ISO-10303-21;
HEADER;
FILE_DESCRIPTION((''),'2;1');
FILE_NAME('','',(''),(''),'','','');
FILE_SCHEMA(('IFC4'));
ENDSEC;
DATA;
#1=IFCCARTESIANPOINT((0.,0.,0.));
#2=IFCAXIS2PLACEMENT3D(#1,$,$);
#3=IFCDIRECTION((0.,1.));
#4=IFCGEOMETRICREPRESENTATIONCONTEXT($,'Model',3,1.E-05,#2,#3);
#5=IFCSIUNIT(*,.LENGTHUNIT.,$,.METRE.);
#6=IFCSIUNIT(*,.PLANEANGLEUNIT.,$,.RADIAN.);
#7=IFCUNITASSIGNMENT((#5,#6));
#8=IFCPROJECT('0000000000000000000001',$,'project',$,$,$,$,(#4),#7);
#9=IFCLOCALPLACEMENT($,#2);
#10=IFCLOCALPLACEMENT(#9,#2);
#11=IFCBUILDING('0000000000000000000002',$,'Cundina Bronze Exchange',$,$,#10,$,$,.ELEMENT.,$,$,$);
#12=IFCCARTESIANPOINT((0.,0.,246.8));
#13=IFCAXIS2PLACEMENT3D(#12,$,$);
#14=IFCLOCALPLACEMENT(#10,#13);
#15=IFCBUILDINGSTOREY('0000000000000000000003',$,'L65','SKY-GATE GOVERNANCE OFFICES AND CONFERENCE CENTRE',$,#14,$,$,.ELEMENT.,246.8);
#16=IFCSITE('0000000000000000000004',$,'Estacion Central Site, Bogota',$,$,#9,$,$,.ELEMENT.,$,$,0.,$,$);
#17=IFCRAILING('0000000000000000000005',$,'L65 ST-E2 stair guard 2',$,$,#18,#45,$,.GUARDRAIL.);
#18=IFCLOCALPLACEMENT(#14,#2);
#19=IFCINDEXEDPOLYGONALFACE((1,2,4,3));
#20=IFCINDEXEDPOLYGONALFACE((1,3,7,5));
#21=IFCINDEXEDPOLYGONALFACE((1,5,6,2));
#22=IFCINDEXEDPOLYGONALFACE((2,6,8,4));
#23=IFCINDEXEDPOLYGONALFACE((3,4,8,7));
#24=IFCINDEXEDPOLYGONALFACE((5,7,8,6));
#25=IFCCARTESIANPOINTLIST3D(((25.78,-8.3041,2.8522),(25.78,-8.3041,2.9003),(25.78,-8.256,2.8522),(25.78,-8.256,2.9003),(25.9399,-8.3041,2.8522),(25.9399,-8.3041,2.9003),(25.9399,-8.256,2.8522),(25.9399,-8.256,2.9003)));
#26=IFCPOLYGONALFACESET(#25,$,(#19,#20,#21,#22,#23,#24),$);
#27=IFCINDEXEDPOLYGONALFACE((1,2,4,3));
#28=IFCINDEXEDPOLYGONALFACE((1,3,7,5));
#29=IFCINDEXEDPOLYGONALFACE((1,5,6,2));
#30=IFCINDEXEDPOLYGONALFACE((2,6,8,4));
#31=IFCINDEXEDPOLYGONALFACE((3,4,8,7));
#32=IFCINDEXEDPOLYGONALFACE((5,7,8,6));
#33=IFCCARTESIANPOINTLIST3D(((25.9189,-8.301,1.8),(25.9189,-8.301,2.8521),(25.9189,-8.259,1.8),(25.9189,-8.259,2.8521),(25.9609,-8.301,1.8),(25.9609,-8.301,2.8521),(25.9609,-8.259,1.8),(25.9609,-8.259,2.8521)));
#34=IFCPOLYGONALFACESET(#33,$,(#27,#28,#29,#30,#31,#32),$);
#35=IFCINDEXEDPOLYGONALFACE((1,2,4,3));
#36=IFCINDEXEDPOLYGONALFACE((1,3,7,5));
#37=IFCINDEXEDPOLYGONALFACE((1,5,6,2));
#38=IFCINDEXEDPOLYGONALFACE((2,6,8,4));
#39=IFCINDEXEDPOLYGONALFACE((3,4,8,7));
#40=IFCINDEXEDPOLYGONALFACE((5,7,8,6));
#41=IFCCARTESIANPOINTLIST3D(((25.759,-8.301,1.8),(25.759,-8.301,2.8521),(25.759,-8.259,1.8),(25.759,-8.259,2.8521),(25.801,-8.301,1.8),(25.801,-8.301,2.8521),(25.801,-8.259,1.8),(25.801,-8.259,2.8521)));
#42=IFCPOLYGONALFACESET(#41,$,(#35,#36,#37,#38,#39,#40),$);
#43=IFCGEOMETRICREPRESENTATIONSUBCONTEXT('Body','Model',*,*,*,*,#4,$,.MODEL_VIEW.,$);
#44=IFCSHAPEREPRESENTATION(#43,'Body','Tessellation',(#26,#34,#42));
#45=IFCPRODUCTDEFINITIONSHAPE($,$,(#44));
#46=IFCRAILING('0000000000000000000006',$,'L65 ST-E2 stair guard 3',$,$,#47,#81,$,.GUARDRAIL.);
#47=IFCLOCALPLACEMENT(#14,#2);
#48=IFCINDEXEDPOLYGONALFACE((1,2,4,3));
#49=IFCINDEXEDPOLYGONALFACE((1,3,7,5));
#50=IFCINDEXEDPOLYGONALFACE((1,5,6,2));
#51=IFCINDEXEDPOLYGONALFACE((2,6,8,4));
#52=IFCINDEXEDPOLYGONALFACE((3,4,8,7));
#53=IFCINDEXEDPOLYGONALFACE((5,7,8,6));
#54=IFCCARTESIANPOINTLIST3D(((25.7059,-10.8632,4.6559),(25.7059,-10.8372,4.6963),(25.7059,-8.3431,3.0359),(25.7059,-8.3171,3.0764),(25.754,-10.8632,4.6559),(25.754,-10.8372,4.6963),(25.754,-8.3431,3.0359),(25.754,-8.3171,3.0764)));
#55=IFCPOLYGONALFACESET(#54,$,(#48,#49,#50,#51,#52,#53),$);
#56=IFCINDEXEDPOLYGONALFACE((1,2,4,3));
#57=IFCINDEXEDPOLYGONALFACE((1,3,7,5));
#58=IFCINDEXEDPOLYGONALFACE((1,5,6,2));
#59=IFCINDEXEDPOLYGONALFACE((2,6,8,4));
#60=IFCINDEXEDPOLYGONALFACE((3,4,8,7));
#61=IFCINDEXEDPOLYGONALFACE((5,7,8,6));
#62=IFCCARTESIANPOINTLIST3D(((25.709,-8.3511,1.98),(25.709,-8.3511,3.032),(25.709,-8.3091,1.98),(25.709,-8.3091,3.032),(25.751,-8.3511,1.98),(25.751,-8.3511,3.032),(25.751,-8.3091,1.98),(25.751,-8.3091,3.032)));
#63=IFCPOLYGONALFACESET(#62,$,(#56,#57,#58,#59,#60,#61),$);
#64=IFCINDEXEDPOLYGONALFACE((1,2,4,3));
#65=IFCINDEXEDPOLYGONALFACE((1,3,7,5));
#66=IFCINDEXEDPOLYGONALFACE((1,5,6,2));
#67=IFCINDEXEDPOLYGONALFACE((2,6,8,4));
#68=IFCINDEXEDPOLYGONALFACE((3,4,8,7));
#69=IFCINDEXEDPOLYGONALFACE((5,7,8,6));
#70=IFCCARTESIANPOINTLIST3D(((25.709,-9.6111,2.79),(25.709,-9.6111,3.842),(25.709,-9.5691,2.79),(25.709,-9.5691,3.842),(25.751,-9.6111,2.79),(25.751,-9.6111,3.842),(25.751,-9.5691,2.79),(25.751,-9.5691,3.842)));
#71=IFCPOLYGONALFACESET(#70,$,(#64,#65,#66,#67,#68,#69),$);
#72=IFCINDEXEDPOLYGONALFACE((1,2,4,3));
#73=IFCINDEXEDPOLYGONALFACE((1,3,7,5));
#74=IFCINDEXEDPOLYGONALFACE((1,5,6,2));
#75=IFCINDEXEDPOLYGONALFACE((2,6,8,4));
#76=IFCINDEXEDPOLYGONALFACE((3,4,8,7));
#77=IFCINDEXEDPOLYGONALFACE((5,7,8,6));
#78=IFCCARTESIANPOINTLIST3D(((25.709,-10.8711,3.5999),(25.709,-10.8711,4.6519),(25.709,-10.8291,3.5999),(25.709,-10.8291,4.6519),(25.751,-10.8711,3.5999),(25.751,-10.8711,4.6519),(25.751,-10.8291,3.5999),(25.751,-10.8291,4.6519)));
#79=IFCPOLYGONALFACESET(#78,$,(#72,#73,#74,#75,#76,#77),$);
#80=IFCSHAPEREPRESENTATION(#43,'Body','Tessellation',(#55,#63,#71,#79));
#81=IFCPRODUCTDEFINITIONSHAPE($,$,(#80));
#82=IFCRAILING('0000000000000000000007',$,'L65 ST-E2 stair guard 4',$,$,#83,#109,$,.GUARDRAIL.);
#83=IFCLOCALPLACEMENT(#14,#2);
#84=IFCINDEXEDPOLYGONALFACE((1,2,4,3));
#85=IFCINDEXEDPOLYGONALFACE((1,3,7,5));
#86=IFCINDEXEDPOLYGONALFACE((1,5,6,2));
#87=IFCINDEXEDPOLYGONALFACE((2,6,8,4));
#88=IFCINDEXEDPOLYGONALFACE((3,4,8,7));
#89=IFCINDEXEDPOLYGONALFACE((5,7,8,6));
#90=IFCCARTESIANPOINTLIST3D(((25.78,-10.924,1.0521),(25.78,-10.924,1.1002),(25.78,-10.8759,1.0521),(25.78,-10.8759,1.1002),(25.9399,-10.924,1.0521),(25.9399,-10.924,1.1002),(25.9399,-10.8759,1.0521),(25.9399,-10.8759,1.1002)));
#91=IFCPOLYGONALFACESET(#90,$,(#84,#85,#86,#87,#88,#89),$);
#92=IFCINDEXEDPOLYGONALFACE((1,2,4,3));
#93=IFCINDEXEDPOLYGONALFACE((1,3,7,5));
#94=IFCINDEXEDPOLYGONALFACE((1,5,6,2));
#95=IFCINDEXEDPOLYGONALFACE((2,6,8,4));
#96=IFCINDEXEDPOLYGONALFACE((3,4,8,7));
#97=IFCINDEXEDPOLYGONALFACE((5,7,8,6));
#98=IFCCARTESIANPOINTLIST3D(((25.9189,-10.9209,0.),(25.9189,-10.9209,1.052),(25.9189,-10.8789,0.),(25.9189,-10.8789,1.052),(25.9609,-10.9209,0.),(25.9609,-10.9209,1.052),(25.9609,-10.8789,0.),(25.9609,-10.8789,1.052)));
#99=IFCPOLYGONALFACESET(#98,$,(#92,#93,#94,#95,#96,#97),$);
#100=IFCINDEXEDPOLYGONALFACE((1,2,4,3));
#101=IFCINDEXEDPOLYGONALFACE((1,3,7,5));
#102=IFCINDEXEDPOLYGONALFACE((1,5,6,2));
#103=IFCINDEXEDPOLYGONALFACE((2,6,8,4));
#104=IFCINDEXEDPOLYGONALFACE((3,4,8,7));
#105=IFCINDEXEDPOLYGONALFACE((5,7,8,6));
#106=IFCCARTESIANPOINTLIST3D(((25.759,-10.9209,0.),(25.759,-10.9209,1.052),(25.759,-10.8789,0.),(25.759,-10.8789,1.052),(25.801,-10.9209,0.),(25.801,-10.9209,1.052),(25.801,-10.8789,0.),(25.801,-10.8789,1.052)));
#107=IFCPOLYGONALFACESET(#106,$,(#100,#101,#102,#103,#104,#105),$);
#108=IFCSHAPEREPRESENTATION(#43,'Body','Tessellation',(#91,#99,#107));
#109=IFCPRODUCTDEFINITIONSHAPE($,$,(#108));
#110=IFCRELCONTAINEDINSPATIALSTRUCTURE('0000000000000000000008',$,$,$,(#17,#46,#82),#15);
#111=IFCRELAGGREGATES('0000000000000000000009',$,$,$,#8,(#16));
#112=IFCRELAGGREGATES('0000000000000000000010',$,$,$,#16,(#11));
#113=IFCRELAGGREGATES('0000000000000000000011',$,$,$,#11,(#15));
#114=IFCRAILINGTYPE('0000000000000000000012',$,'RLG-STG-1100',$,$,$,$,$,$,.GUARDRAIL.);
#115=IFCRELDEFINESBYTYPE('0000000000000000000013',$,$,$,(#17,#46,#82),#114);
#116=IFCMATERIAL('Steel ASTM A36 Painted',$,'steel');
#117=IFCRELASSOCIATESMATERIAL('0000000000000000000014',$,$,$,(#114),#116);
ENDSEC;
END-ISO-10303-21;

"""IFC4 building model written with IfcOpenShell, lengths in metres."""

from ifc_helpers import new_model, si_unit, direction, frame, origin, origin_2d, place, context, subcontext, project, spatial, rectangle, extrude, material, type_object, element, save


model = new_model("IFC4")

# Units and contexts
model_context = context("Model", 3, precision=1e-05, world=origin(), true_north=direction((0.0, 1.0)))
body_context = subcontext(model_context, "Body", "Model", "MODEL_VIEW")
ifc_project = project(units=[si_unit("LENGTHUNIT", "METRE"), si_unit("PLANEANGLEUNIT", "RADIAN")], contexts=[model_context])

# Site, building, storey
site_placement = place(None, origin())
site = spatial("IfcSite", under=ifc_project, at=site_placement, Name="Estacion Central Site, Bogota", CompositionType="ELEMENT", RefElevation=0.0)
building_placement = place(site_placement, origin())
building = spatial("IfcBuilding", under=site, at=building_placement, Name="Cundina Bronze Exchange", CompositionType="ELEMENT")
storey_placement = place(building_placement, frame((0.0, 0.0, 246.8)))
storey = spatial("IfcBuildingStorey", under=building, at=storey_placement, Name="L65", Description="SKY-GATE GOVERNANCE OFFICES AND CONFERENCE CENTRE", CompositionType="ELEMENT", Elevation=246.8)

# Shared definitions
ifc_material_1 = material(Name="Steel ASTM A36 Painted", Category="steel")

# Railings
railing_type_1 = type_object("IfcRailingType", Name="RLG-STG-1100", PredefinedType="GUARDRAIL", material=ifc_material_1)
railing_1_placement = place(storey_placement, frame((25.9399, -8.28, 1.8)))
element("IfcRailing", 1, at=railing_1_placement, inside=storey, type_object=railing_type_1, Name="L65 ST-E2 stair guard 2", PredefinedType="GUARDRAIL", context=body_context, shape_type="SweptSolid", body=[
    extrude(rectangle(XDim=0.0481, YDim=0.0481, at=origin_2d()), frame((0.0, 0.0, 1.0762), z_axis=(-1.0, 0.0, 0.0), x_axis=(0.0, -1.0, 0.0)), (0.0, 0.0, 1.0), 0.1599),
    extrude(rectangle(XDim=0.042, YDim=0.042, at=origin_2d()), origin(), (0.0, 0.0, 1.0), 1.052),
    extrude(rectangle(XDim=0.042, YDim=0.042, at=origin_2d()), frame((-0.1599, 0.0, 0.0)), (0.0, 0.0, 1.0), 1.052),
])
railing_2_placement = place(storey_placement, frame((25.73, -8.3301, 1.98)))
element("IfcRailing", 2, at=railing_2_placement, inside=storey, type_object=railing_type_1, Name="L65 ST-E2 stair guard 3", PredefinedType="GUARDRAIL", context=body_context, shape_type="SweptSolid", body=[
    extrude(rectangle(XDim=0.0481, YDim=0.0481, at=origin_2d()), frame((0.0, 0.0, 1.0762), z_axis=(0.0, -0.8412, 0.540725), x_axis=(1.0, 0.0, 0.0)), (0.0, 0.0, 1.0), 2.9958),
    extrude(rectangle(XDim=0.042, YDim=0.042, at=origin_2d()), origin(), (0.0, 0.0, 1.0), 1.052),
    extrude(rectangle(XDim=0.042, YDim=0.042, at=origin_2d()), frame((0.0, -1.26, 0.8101)), (0.0, 0.0, 1.0), 1.052),
    extrude(rectangle(XDim=0.042, YDim=0.042, at=origin_2d()), frame((0.0, -2.52, 1.6199)), (0.0, 0.0, 1.0), 1.052),
])
railing_3_placement = place(storey_placement, frame((25.9399, -10.8999, 0.0)))
element("IfcRailing", 3, at=railing_3_placement, inside=storey, type_object=railing_type_1, Name="L65 ST-E2 stair guard 4", PredefinedType="GUARDRAIL", context=body_context, shape_type="SweptSolid", body=[
    extrude(rectangle(XDim=0.0481, YDim=0.0481, at=origin_2d()), frame((0.0, 0.0, 1.0762), z_axis=(-1.0, 0.0, 0.0), x_axis=(0.0, -1.0, 0.0)), (0.0, 0.0, 1.0), 0.1599),
    extrude(rectangle(XDim=0.042, YDim=0.042, at=origin_2d()), origin(), (0.0, 0.0, 1.0), 1.052),
    extrude(rectangle(XDim=0.042, YDim=0.042, at=origin_2d()), frame((-0.1599, 0.0, 0.0)), (0.0, 0.0, 1.0), 1.052),
])

save(model, "model.ifc")
